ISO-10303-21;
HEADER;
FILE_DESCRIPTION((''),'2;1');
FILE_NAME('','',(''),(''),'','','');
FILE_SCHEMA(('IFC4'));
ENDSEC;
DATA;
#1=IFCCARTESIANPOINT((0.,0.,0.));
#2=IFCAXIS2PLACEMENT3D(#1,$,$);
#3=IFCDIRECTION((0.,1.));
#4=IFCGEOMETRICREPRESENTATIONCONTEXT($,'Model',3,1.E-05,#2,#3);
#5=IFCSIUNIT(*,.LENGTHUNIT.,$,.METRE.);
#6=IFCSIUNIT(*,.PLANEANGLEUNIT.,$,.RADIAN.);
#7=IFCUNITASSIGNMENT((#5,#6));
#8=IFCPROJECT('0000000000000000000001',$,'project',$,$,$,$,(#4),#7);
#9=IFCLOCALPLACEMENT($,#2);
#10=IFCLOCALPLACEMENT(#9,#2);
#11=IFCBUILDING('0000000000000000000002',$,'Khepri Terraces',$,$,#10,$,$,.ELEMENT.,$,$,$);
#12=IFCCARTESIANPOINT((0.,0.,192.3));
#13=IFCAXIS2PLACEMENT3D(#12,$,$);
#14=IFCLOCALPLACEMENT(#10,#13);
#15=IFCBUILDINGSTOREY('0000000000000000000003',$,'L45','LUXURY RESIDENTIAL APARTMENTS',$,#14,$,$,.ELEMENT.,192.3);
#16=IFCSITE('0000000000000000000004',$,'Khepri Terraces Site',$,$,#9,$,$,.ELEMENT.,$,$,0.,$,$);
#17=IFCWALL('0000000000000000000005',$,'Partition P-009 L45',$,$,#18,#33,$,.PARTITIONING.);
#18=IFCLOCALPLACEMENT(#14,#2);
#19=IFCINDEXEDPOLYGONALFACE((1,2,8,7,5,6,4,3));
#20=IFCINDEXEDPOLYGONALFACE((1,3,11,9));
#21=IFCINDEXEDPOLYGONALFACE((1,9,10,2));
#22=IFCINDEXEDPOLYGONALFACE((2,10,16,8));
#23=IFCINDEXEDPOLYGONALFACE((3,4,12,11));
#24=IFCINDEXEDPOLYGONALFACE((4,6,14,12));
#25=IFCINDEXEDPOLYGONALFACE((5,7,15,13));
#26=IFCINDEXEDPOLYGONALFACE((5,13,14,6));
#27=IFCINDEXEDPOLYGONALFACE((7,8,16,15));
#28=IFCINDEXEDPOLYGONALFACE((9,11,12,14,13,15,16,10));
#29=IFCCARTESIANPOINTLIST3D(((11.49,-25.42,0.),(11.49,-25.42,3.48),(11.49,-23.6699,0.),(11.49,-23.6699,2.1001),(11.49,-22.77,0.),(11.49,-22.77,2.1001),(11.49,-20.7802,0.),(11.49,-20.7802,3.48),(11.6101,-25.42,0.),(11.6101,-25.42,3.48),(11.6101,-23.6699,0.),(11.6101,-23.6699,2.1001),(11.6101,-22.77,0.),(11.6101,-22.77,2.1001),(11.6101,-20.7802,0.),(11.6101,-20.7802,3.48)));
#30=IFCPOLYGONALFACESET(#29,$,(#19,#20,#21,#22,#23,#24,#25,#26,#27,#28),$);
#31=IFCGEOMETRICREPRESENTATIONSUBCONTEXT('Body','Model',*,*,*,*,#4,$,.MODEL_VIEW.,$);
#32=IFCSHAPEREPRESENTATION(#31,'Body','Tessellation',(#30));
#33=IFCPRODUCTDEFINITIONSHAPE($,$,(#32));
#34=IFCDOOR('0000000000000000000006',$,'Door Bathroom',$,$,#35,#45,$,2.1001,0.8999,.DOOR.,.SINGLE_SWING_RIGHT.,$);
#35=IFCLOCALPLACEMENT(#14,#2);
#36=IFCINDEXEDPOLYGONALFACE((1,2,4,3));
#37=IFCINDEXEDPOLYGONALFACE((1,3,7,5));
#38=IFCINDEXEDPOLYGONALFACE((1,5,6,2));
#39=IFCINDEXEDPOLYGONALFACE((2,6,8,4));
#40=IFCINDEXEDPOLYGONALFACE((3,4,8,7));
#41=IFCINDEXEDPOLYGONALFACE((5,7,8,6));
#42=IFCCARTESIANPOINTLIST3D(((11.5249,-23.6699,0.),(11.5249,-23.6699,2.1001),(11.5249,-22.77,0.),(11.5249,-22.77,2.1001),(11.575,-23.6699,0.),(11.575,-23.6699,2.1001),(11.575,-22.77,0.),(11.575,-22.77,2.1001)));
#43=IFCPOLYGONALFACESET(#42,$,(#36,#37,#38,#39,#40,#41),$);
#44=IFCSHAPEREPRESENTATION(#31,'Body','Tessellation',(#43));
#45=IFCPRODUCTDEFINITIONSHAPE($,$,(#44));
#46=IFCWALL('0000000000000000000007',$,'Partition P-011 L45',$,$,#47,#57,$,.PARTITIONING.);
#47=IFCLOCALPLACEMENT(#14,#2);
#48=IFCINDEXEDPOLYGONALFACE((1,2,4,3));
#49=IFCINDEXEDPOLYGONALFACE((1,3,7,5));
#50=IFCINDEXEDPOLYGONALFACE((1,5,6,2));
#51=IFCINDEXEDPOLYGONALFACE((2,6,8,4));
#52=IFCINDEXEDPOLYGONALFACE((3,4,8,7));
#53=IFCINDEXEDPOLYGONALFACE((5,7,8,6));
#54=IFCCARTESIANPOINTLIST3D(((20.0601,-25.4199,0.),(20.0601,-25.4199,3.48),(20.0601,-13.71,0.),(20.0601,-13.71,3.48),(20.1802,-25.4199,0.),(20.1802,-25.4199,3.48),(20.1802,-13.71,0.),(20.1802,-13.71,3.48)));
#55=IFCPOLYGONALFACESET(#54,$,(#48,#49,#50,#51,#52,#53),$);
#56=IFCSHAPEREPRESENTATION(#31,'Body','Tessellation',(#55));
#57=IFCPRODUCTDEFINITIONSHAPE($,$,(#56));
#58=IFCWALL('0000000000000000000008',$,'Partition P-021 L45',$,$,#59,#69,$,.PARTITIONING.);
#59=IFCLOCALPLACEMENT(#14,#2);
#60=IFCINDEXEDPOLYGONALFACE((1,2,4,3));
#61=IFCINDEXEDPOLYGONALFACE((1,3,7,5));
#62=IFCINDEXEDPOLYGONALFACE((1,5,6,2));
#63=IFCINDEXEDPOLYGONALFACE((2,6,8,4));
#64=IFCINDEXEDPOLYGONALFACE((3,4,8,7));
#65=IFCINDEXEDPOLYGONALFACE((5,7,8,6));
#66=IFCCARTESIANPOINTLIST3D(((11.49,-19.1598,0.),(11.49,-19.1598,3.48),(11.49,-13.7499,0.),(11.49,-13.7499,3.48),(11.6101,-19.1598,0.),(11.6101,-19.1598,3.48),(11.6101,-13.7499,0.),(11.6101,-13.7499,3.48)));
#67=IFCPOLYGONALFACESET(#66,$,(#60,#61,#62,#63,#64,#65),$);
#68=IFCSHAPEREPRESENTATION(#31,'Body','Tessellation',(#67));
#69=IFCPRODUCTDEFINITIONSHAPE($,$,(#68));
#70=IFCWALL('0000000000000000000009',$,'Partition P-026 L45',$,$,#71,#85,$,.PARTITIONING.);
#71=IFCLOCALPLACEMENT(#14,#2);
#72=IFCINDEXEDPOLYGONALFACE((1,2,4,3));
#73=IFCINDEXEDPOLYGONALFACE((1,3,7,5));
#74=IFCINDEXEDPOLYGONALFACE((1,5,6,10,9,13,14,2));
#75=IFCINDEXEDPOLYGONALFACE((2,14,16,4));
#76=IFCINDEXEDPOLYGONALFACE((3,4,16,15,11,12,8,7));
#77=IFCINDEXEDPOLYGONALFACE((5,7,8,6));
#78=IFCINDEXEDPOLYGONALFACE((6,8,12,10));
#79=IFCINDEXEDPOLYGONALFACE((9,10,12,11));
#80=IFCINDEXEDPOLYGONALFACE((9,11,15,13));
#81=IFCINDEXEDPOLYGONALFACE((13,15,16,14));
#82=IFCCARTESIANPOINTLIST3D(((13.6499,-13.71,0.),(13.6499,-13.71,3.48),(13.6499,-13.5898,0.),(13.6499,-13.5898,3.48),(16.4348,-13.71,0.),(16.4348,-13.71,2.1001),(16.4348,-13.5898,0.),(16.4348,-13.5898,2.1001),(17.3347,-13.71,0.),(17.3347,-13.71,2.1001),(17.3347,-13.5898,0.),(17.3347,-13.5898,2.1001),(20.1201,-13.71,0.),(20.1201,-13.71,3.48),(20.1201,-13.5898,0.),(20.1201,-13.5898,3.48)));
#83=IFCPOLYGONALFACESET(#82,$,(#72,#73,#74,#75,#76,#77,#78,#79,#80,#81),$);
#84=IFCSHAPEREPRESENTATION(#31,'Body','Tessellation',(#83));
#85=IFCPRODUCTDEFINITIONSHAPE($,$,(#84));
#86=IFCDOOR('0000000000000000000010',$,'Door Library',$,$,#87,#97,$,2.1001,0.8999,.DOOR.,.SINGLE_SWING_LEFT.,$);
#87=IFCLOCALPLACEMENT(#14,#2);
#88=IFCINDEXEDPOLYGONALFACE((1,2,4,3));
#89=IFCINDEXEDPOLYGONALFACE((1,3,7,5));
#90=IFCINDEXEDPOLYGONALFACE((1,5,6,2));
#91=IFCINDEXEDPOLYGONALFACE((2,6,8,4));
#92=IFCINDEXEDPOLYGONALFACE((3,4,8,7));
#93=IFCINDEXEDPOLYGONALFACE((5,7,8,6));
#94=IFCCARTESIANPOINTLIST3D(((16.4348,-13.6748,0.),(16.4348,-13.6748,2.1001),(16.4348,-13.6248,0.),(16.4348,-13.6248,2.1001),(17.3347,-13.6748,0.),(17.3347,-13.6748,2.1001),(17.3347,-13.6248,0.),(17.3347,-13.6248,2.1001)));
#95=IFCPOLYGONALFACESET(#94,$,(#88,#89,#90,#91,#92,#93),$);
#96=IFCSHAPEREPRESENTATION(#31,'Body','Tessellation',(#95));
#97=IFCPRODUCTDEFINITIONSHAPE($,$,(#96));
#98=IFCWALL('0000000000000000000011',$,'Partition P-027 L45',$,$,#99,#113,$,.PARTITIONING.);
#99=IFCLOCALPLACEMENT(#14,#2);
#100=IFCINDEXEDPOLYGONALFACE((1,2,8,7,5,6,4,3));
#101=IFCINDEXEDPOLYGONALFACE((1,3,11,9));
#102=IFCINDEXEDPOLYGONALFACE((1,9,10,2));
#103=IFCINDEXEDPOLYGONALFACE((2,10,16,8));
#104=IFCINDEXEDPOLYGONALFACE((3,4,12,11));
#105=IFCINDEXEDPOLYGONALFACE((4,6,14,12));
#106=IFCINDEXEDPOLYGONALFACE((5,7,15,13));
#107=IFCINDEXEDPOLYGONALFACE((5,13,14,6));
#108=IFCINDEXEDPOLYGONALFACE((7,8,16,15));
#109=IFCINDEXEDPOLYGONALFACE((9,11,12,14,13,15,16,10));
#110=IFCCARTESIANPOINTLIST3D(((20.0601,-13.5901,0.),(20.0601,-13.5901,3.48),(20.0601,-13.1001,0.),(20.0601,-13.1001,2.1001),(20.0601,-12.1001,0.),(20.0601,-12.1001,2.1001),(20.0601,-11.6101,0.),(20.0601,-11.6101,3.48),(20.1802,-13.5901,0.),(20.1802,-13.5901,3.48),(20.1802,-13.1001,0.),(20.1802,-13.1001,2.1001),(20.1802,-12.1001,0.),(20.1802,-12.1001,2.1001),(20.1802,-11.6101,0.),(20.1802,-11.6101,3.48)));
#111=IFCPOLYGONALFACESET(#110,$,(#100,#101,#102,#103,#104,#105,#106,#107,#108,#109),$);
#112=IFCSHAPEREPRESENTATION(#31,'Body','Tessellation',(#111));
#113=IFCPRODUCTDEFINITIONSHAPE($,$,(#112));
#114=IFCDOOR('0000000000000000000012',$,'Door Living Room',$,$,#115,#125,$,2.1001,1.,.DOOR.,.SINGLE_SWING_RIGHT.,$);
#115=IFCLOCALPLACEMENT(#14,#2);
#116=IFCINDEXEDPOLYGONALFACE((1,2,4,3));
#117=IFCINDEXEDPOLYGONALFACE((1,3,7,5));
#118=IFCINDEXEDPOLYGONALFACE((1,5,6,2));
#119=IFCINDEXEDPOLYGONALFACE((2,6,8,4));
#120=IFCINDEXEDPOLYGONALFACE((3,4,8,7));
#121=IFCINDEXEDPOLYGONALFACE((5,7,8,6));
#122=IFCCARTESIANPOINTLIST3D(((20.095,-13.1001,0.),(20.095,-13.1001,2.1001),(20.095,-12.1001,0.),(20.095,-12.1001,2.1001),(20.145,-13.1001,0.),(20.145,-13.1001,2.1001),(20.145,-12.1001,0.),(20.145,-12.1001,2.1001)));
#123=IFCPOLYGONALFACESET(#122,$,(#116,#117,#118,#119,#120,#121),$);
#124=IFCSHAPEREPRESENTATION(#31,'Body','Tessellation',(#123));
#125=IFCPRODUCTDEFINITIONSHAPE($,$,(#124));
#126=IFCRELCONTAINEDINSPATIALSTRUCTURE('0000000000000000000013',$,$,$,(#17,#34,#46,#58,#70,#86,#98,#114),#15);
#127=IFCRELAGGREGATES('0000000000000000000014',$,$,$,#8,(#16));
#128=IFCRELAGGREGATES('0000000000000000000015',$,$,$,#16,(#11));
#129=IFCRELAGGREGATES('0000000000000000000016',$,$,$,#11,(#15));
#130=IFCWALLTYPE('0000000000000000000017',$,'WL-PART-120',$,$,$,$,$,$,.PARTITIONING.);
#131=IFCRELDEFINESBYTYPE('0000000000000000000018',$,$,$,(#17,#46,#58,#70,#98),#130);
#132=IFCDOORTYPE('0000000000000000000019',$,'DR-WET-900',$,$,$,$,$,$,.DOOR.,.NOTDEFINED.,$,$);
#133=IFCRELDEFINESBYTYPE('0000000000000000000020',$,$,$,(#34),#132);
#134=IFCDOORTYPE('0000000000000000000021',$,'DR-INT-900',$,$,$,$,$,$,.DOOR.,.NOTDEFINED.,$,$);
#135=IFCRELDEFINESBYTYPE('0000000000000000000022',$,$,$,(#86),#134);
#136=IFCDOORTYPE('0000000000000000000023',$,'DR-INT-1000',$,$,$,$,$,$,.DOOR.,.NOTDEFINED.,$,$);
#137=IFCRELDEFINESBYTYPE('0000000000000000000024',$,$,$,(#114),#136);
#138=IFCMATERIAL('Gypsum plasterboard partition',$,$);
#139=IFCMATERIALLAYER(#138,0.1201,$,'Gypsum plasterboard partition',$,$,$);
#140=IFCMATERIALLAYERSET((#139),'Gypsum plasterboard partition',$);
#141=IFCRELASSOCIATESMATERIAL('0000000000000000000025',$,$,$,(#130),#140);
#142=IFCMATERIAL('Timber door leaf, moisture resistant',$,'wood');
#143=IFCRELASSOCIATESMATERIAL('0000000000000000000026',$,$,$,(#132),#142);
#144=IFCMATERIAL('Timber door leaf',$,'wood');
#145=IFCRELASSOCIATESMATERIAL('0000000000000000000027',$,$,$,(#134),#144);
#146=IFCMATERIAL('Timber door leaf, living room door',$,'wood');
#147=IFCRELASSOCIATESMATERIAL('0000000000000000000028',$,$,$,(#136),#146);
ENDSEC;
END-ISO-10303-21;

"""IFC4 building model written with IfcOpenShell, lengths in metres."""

from ifc_helpers import new_model, si_unit, direction, frame, frame_2d, origin, place, context, subcontext, project, spatial, rectangle, extrude, material, layer, layer_set, type_object, element, fill, save


model = new_model("IFC4")

# Units and contexts
model_context = context("Model", 3, precision=1e-05, world=origin(), true_north=direction((0.0, 1.0)))
body_context = subcontext(model_context, "Body", "Model", "MODEL_VIEW")
ifc_project = project(units=[si_unit("LENGTHUNIT", "METRE"), si_unit("PLANEANGLEUNIT", "RADIAN")], contexts=[model_context])

# Site, building, storey
site_placement = place(None, origin())
site = spatial("IfcSite", under=ifc_project, at=site_placement, Name="Khepri Terraces Site", CompositionType="ELEMENT", RefElevation=0.0)
building_placement = place(site_placement, origin())
building = spatial("IfcBuilding", under=site, at=building_placement, Name="Khepri Terraces", CompositionType="ELEMENT")
storey_placement = place(building_placement, frame((0.0, 0.0, 192.3)))
storey = spatial("IfcBuildingStorey", under=building, at=storey_placement, Name="L45", Description="LUXURY RESIDENTIAL APARTMENTS", CompositionType="ELEMENT", Elevation=192.3)

# Wall, opening, door
ifc_material_1 = material(Name="Gypsum plasterboard partition")
ifc_layer_1 = layer(ifc_material_1, 0.1201, Name="Gypsum plasterboard partition")
ifc_layer_set_1 = layer_set([ifc_layer_1], Name="Gypsum plasterboard partition")
wall_type_1 = type_object("IfcWallType", Name="WL-PART-120", PredefinedType="PARTITIONING", material=ifc_layer_set_1)
wall_1_placement = place(storey_placement, frame((11.55, -25.4199, 0.0), z_axis=(0.0, 0.0, 1.0), x_axis=(0.0, 1.0, 0.0)))
wall_1 = element("IfcWall", 1, at=wall_1_placement, inside=storey, type_object=wall_type_1, Name="Partition P-009 L45", PredefinedType="PARTITIONING", context=body_context, shape_type="SweptSolid", body=[
    extrude(rectangle(XDim=4.6399, YDim=0.1201, at=frame_2d((2.3198, 0.0))), origin(), (0.0, 0.0, 1.0), 3.48),
])
opening_1_placement = place(wall_1_placement, frame((1.75, 0.0, 0.0)))
opening_1 = element("IfcOpeningElement", 2, at=opening_1_placement, cuts=wall_1, PredefinedType="OPENING", context=body_context, shape_type="SweptSolid", body=[
    extrude(rectangle(XDim=0.8999, YDim=2.1001, at=frame_2d((0.45, 1.05))), frame((0.0, 0.0701, 0.0), z_axis=(0.0, -1.0, 0.0), x_axis=(1.0, 0.0, 0.0)), (0.0, 0.0, 1.0), 0.1401),
])
ifc_material_2 = material(Name="Timber door leaf, moisture resistant", Category="wood")
door_type_1 = type_object("IfcDoorType", Name="DR-WET-900", OperationType="NOTDEFINED", PredefinedType="DOOR", material=ifc_material_2)
door_1_placement = place(opening_1_placement, frame((0.8999, 0.0, 0.0), z_axis=(0.0, 0.0, 1.0), x_axis=(-1.0, 0.0, 0.0)))
door_1 = element("IfcDoor", 3, at=door_1_placement, inside=storey, type_object=door_type_1, Name="Door Bathroom", OperationType="SINGLE_SWING_RIGHT", OverallHeight=2.1001, OverallWidth=0.8999, PredefinedType="DOOR", context=body_context, shape_type="SweptSolid", body=[
    extrude(rectangle(XDim=0.8999, YDim=2.1001, at=frame_2d((0.45, 1.05))), frame((0.0, 0.0249, 0.0), z_axis=(0.0, -1.0, 0.0), x_axis=(1.0, 0.0, 0.0)), (0.0, 0.0, 1.0), 0.05),
])
fill(opening_1, door_1)

# Walls
wall_2_placement = place(storey_placement, frame((20.1201, -25.4199, 0.0), z_axis=(0.0, 0.0, 1.0), x_axis=(0.0, 1.0, 0.0)))
element("IfcWall", 4, at=wall_2_placement, inside=storey, type_object=wall_type_1, Name="Partition P-011 L45", PredefinedType="PARTITIONING", context=body_context, shape_type="SweptSolid", body=[
    extrude(rectangle(XDim=11.71, YDim=0.1201, at=frame_2d((5.855, 0.0))), origin(), (0.0, 0.0, 1.0), 3.48),
])
wall_3_placement = place(storey_placement, frame((11.55, -19.1599, 0.0), z_axis=(0.0, 0.0, 1.0), x_axis=(0.0, 1.0, 0.0)))
element("IfcWall", 5, at=wall_3_placement, inside=storey, type_object=wall_type_1, Name="Partition P-021 L45", PredefinedType="PARTITIONING", context=body_context, shape_type="SweptSolid", body=[
    extrude(rectangle(XDim=5.4099, YDim=0.1201, at=frame_2d((2.7051, 0.0))), origin(), (0.0, 0.0, 1.0), 3.48),
])

# Walls, openings, doors
wall_4_placement = place(storey_placement, frame((13.6499, -13.6499, 0.0), z_axis=(0.0, 0.0, 1.0), x_axis=(1.0, 0.0, 0.0)))
wall_4 = element("IfcWall", 6, at=wall_4_placement, inside=storey, type_object=wall_type_1, Name="Partition P-026 L45", PredefinedType="PARTITIONING", context=body_context, shape_type="SweptSolid", body=[
    extrude(rectangle(XDim=6.4702, YDim=0.1201, at=frame_2d((3.2351, 0.0))), origin(), (0.0, 0.0, 1.0), 3.48),
])
opening_2_placement = place(wall_4_placement, frame((2.7849, 0.0, 0.0)))
opening_2 = element("IfcOpeningElement", 7, at=opening_2_placement, cuts=wall_4, PredefinedType="OPENING", context=body_context, shape_type="SweptSolid", body=[
    extrude(rectangle(XDim=0.8999, YDim=2.1001, at=frame_2d((0.45, 1.05))), frame((0.0, 0.0701, 0.0), z_axis=(0.0, -1.0, 0.0), x_axis=(1.0, 0.0, 0.0)), (0.0, 0.0, 1.0), 0.1401),
])
ifc_material_3 = material(Name="Timber door leaf", Category="wood")
door_type_2 = type_object("IfcDoorType", Name="DR-INT-900", OperationType="NOTDEFINED", PredefinedType="DOOR", material=ifc_material_3)
door_2_placement = place(opening_2_placement, frame((0.8999, 0.0, 0.0), z_axis=(0.0, 0.0, 1.0), x_axis=(-1.0, 0.0, 0.0)))
door_2 = element("IfcDoor", 8, at=door_2_placement, inside=storey, type_object=door_type_2, Name="Door Library", OperationType="SINGLE_SWING_LEFT", OverallHeight=2.1001, OverallWidth=0.8999, PredefinedType="DOOR", context=body_context, shape_type="SweptSolid", body=[
    extrude(rectangle(XDim=0.8999, YDim=2.1001, at=frame_2d((0.45, 1.05))), frame((0.0, 0.0249, 0.0), z_axis=(0.0, -1.0, 0.0), x_axis=(1.0, 0.0, 0.0)), (0.0, 0.0, 1.0), 0.05),
])
fill(opening_2, door_2)
wall_5_placement = place(storey_placement, frame((20.1201, -13.5901, 0.0), z_axis=(0.0, 0.0, 1.0), x_axis=(0.0, 1.0, 0.0)))
wall_5 = element("IfcWall", 9, at=wall_5_placement, inside=storey, type_object=wall_type_1, Name="Partition P-027 L45", PredefinedType="PARTITIONING", context=body_context, shape_type="SweptSolid", body=[
    extrude(rectangle(XDim=1.98, YDim=0.1201, at=frame_2d((0.99, 0.0))), origin(), (0.0, 0.0, 1.0), 3.48),
])
opening_3_placement = place(wall_5_placement, frame((0.49, 0.0, 0.0)))
opening_3 = element("IfcOpeningElement", 10, at=opening_3_placement, cuts=wall_5, PredefinedType="OPENING", context=body_context, shape_type="SweptSolid", body=[
    extrude(rectangle(XDim=1.0, YDim=2.1001, at=frame_2d((0.5, 1.05))), frame((0.0, 0.0701, 0.0), z_axis=(0.0, -1.0, 0.0), x_axis=(1.0, 0.0, 0.0)), (0.0, 0.0, 1.0), 0.1401),
])
ifc_material_4 = material(Name="Timber door leaf, living room door", Category="wood")
door_type_3 = type_object("IfcDoorType", Name="DR-INT-1000", OperationType="NOTDEFINED", PredefinedType="DOOR", material=ifc_material_4)
door_3_placement = place(opening_3_placement, frame((1.0, 0.0, 0.0), z_axis=(0.0, 0.0, 1.0), x_axis=(-1.0, 0.0, 0.0)))
door_3 = element("IfcDoor", 11, at=door_3_placement, inside=storey, type_object=door_type_3, Name="Door Living Room", OperationType="SINGLE_SWING_RIGHT", OverallHeight=2.1001, OverallWidth=1.0, PredefinedType="DOOR", context=body_context, shape_type="SweptSolid", body=[
    extrude(rectangle(XDim=1.0, YDim=2.1001, at=frame_2d((0.5, 1.05))), frame((0.0, 0.0249, 0.0), z_axis=(0.0, -1.0, 0.0), x_axis=(1.0, 0.0, 0.0)), (0.0, 0.0, 1.0), 0.05),
])
fill(opening_3, door_3)

save(model, "model.ifc")
